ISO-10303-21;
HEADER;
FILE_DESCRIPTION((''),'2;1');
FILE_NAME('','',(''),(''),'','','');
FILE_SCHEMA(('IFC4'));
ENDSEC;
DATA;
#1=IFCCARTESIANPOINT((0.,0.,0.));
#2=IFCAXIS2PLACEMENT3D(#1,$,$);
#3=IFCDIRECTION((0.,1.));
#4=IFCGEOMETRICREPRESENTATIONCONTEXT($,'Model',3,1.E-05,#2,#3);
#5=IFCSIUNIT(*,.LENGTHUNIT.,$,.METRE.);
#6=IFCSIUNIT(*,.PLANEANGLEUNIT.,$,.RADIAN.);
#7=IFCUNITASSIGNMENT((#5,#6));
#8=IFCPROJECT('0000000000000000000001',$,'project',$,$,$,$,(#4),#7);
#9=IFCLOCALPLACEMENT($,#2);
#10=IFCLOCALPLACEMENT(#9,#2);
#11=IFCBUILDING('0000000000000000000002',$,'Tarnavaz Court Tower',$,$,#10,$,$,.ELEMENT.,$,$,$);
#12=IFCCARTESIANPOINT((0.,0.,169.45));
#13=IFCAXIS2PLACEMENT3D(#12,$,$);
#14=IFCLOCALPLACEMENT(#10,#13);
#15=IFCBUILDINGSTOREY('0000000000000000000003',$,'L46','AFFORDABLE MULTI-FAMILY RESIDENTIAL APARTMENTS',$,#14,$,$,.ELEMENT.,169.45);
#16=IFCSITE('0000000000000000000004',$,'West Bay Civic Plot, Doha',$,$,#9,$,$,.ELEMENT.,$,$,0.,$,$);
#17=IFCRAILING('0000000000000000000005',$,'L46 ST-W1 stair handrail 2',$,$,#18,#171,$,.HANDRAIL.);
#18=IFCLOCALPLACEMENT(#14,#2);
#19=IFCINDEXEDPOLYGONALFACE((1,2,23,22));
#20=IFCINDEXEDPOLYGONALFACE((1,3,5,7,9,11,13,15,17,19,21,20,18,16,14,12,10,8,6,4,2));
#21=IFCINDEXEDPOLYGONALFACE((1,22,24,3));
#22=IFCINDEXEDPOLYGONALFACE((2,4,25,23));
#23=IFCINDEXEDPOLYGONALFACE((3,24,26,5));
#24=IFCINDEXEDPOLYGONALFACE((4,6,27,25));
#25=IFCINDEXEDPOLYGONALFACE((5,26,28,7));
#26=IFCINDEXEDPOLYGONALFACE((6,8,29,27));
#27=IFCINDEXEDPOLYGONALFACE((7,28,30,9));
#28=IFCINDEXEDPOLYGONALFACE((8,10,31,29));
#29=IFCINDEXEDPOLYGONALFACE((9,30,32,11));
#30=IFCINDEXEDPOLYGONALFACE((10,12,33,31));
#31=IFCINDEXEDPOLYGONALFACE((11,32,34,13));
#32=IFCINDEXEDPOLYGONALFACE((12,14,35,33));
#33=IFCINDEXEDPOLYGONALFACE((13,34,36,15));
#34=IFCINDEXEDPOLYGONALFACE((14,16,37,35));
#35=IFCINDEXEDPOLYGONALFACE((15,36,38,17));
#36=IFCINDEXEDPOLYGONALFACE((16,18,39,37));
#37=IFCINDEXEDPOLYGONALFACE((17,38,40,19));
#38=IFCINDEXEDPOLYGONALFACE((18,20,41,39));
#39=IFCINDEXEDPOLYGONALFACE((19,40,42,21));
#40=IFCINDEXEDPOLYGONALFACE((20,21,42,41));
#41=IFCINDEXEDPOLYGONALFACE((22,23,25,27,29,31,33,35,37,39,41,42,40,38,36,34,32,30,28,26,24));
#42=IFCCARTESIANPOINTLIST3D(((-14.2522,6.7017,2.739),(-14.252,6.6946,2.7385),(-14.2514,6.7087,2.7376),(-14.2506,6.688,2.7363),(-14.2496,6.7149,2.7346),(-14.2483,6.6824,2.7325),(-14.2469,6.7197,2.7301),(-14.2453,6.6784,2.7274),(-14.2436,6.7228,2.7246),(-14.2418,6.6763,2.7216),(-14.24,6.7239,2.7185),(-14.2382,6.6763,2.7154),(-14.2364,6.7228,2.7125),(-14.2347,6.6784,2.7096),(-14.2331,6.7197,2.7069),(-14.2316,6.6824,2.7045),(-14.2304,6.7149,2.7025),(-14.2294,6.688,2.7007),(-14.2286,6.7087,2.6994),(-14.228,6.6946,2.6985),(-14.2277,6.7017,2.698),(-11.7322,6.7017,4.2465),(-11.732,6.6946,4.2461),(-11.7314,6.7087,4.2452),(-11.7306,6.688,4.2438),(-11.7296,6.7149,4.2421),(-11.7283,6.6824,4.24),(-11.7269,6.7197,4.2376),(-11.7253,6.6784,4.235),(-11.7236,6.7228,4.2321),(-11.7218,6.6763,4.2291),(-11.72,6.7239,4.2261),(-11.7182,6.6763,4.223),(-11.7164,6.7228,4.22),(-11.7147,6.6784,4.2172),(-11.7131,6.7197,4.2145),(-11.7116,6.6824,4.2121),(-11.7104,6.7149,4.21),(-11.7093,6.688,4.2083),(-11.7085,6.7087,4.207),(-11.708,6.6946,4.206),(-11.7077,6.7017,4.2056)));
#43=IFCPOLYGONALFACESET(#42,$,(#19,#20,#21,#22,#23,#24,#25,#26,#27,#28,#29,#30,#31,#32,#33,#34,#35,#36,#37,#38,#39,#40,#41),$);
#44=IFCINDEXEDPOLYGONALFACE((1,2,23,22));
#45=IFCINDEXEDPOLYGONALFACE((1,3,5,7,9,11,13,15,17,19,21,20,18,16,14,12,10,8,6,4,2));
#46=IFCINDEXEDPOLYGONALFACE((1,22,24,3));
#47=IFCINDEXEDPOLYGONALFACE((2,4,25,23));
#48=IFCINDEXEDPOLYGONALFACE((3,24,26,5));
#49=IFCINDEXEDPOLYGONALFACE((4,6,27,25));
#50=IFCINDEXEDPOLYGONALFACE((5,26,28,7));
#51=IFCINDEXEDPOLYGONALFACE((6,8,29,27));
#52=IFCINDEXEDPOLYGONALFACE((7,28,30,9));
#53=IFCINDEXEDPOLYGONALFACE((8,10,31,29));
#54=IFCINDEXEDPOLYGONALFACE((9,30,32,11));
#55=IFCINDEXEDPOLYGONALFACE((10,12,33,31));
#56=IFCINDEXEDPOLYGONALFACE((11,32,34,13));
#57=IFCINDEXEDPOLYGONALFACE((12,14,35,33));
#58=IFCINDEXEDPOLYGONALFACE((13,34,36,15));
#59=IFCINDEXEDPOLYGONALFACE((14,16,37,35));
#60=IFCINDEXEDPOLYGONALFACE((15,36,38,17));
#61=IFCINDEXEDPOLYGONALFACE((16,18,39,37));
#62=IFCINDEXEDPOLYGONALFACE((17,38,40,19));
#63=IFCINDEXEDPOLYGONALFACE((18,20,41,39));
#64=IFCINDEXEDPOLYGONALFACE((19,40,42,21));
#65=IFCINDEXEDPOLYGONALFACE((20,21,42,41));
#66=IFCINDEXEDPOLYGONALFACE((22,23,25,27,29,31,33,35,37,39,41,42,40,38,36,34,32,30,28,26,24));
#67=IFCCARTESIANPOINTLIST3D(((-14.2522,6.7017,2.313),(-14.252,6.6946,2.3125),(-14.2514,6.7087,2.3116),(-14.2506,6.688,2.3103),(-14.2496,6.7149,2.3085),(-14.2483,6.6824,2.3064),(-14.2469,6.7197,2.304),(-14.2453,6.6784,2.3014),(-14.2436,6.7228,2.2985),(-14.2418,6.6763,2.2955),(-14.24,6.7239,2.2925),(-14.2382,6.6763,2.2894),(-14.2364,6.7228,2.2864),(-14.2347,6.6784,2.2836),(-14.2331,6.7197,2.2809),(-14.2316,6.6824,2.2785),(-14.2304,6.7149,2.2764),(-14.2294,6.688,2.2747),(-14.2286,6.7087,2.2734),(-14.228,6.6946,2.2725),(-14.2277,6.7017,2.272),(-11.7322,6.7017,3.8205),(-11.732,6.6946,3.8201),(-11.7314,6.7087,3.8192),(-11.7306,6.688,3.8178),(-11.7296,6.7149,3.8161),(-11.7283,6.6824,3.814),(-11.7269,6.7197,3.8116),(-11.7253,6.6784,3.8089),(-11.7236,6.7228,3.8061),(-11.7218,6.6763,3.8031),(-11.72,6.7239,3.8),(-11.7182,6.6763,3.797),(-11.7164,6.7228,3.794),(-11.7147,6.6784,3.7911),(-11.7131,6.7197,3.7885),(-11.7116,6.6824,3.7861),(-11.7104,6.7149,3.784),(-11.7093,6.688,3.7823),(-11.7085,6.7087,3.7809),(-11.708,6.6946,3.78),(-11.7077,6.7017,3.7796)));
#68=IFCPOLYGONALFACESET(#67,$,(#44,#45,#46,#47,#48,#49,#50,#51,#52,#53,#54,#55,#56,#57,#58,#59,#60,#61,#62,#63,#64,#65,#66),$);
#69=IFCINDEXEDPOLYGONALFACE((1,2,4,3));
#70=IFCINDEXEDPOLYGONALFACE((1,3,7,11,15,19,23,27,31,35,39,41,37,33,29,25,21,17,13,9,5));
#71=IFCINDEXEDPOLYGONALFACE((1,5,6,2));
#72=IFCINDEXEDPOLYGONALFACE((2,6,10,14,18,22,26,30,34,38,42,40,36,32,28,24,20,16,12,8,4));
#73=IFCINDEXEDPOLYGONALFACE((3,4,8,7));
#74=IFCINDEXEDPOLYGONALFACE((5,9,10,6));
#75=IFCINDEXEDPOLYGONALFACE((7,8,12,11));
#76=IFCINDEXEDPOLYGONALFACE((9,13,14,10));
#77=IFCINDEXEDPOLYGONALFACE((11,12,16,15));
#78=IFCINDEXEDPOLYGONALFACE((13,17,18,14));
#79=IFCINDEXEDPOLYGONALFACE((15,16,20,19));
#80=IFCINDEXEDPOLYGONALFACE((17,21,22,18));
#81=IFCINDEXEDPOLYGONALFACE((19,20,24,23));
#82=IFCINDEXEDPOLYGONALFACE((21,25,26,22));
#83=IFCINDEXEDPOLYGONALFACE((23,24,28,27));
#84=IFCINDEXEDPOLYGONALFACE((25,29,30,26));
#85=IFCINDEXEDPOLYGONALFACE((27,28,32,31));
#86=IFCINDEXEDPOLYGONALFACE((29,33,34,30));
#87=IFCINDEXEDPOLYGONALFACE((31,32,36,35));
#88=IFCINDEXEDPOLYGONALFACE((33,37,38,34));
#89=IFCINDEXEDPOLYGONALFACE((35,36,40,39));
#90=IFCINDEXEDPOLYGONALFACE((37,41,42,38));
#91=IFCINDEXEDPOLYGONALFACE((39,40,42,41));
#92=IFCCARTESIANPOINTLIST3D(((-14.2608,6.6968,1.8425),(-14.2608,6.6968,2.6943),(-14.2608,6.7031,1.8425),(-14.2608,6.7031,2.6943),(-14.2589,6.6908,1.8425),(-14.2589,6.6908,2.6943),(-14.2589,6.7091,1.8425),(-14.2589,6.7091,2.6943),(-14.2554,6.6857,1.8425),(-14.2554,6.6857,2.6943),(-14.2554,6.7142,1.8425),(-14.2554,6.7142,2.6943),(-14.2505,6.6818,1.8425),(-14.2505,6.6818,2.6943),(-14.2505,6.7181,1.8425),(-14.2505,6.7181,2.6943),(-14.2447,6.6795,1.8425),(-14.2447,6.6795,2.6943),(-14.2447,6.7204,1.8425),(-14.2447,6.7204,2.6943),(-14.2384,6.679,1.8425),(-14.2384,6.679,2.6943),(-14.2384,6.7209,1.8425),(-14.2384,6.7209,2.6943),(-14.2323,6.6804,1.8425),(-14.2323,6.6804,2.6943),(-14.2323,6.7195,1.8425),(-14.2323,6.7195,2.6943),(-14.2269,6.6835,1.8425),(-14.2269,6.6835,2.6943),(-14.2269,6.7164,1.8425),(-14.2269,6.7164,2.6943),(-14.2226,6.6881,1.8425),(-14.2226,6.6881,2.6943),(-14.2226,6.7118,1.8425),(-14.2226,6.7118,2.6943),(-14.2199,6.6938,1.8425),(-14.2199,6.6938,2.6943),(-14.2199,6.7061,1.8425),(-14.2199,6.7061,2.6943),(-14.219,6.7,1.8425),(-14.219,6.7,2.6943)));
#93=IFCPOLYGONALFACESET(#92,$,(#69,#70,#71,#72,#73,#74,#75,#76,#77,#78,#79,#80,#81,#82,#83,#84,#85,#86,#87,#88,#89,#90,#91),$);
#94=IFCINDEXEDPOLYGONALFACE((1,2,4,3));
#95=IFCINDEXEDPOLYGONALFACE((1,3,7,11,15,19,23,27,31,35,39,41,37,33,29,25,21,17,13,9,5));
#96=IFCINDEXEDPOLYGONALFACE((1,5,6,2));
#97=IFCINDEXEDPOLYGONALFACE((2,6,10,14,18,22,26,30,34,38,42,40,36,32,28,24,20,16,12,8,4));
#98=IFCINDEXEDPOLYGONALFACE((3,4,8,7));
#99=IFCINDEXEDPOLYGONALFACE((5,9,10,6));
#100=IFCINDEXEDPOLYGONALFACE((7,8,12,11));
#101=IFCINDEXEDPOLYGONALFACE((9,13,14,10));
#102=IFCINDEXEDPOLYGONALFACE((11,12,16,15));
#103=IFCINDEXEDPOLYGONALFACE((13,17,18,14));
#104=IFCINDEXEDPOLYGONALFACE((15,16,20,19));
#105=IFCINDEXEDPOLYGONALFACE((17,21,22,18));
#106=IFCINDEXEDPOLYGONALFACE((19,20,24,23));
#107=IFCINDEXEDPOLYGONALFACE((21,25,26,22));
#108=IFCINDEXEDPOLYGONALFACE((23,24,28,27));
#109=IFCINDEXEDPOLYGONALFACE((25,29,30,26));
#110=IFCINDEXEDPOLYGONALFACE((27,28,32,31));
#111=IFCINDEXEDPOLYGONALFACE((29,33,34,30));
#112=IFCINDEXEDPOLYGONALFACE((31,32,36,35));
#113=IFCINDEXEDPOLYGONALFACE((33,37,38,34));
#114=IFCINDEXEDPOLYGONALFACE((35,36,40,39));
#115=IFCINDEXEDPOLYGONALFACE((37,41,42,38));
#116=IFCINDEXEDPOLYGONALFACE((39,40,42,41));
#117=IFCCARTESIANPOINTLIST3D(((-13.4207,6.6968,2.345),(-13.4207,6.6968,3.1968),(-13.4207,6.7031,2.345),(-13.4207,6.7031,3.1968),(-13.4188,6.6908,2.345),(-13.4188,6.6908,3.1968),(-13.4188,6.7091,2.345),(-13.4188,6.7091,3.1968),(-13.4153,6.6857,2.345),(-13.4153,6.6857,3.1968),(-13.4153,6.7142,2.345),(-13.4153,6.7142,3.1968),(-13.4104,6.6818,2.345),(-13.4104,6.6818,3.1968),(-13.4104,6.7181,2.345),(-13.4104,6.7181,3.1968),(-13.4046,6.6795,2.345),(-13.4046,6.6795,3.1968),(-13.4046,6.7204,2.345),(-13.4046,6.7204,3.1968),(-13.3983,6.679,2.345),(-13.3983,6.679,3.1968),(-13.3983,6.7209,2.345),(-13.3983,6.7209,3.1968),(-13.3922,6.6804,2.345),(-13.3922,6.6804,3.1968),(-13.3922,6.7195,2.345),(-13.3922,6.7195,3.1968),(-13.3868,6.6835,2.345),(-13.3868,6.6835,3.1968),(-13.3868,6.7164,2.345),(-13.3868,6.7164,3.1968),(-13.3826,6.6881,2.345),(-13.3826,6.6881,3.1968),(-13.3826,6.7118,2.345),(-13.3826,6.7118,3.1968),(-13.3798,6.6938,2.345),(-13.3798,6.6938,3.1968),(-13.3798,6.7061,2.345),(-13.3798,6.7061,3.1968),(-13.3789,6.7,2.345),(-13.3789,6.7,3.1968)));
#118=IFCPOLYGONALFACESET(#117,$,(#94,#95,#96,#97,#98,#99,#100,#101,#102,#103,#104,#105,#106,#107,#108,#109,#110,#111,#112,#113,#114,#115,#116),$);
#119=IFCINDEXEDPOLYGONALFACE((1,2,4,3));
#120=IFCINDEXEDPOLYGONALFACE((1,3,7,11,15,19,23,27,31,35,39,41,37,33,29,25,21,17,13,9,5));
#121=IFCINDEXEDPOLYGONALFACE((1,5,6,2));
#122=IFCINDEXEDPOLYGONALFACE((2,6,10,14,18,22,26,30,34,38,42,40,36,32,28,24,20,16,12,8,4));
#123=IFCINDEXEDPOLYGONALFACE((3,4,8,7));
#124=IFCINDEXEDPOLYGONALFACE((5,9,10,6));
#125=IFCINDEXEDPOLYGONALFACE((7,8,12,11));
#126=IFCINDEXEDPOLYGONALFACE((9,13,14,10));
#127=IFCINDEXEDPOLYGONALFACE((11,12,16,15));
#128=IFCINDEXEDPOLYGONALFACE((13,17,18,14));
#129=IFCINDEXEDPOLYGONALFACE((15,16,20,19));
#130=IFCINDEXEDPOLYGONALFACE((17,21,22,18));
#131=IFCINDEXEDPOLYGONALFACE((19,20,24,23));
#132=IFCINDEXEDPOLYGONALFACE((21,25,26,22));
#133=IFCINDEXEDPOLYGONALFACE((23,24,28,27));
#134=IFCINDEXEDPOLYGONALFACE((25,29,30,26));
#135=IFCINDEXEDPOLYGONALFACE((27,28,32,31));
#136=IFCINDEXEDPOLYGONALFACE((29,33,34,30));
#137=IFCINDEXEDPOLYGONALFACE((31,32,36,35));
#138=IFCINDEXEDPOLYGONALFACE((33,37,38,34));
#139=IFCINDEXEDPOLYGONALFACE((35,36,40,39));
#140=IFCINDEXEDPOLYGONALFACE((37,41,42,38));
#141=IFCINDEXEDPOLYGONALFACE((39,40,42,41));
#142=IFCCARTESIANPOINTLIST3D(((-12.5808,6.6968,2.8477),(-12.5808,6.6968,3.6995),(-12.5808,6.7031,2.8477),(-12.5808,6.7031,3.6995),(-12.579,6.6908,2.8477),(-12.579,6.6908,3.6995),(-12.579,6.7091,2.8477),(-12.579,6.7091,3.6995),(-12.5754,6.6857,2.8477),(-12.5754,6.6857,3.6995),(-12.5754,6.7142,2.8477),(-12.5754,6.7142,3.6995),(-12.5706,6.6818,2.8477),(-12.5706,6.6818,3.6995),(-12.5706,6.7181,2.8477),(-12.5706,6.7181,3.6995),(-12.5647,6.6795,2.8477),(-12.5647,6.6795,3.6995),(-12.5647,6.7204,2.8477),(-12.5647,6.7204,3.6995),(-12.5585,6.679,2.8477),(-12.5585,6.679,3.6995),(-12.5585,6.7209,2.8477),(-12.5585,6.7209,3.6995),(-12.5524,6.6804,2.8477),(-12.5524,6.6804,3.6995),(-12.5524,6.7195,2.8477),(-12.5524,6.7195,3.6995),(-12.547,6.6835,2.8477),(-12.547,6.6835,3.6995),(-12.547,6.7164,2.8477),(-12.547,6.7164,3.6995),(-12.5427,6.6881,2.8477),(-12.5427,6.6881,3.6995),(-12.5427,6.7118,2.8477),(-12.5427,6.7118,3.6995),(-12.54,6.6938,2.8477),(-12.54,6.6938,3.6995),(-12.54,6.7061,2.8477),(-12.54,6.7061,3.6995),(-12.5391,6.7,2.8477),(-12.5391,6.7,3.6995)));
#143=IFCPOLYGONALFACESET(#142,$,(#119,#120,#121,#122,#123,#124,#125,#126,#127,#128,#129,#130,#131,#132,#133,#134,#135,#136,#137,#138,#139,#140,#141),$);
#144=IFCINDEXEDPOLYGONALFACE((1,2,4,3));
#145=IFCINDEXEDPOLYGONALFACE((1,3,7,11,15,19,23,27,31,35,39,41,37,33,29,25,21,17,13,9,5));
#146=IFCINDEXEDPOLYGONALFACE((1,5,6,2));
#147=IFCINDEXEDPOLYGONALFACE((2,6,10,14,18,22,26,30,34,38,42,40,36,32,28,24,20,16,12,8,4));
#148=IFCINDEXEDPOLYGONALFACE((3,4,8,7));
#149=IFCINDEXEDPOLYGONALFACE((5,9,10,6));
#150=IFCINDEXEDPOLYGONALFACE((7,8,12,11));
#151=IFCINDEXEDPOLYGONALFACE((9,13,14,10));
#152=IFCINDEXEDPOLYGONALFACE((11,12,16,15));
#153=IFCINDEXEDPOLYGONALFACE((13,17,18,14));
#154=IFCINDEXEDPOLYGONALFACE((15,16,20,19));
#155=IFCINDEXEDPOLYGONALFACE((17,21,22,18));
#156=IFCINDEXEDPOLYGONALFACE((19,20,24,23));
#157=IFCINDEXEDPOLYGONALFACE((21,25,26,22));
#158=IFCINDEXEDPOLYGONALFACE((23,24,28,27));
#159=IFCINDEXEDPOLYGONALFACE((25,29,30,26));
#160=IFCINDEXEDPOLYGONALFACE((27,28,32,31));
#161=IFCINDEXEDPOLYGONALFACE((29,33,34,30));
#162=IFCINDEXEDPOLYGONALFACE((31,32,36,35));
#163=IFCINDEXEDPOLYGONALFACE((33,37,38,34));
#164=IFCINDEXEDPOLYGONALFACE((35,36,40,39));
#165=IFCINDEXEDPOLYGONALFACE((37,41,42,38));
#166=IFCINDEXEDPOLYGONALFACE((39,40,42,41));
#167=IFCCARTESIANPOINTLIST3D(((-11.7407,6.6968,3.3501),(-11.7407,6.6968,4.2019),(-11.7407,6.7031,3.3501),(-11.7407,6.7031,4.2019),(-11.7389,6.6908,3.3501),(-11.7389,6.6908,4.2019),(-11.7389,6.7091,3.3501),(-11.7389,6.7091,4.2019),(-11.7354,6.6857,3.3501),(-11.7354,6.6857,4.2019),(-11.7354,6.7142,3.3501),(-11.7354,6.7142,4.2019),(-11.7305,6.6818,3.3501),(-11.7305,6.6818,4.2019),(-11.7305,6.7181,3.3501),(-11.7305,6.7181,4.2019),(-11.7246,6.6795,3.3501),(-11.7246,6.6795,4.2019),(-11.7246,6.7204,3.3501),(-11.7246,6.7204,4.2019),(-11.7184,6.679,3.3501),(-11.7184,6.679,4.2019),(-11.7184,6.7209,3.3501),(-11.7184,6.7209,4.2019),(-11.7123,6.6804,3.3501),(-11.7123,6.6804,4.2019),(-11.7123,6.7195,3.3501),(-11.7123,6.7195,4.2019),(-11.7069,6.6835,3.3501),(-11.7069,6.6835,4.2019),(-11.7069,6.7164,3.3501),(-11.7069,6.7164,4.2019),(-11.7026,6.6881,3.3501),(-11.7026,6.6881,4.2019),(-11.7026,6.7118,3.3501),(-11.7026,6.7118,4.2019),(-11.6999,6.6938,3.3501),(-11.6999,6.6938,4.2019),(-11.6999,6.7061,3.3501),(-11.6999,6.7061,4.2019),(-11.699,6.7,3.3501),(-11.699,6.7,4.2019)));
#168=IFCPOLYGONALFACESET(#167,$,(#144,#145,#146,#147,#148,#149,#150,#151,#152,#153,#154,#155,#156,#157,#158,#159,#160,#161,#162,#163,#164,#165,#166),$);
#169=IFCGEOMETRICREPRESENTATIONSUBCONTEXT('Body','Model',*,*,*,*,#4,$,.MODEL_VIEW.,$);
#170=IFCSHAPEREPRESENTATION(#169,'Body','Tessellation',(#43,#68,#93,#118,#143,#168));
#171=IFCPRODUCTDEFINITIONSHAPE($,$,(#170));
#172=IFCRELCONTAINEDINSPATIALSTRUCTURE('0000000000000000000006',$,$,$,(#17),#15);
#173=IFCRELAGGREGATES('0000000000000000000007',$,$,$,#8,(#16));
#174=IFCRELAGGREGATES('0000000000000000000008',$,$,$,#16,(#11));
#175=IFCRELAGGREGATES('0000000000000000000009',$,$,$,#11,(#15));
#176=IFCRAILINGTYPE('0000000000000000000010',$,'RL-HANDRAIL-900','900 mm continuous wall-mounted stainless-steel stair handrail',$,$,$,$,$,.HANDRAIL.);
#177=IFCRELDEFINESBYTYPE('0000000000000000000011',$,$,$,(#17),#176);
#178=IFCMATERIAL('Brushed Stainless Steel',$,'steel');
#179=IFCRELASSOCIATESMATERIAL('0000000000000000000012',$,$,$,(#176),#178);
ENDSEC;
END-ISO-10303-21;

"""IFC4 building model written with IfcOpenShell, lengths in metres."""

from ifc_helpers import new_model, si_unit, direction, frame, origin, origin_2d, place, context, subcontext, project, spatial, circle, extrude, material, type_object, element, save


model = new_model("IFC4")

# Units and contexts
model_context = context("Model", 3, precision=1e-05, world=origin(), true_north=direction((0.0, 1.0)))
body_context = subcontext(model_context, "Body", "Model", "MODEL_VIEW")
ifc_project = project(units=[si_unit("LENGTHUNIT", "METRE"), si_unit("PLANEANGLEUNIT", "RADIAN")], contexts=[model_context])

# Site, building, storey
site_placement = place(None, origin())
site = spatial("IfcSite", under=ifc_project, at=site_placement, Name="West Bay Civic Plot, Doha", CompositionType="ELEMENT", RefElevation=0.0)
building_placement = place(site_placement, origin())
building = spatial("IfcBuilding", under=site, at=building_placement, Name="Tarnavaz Court Tower", CompositionType="ELEMENT")
storey_placement = place(building_placement, frame((0.0, 0.0, 169.45)))
storey = spatial("IfcBuildingStorey", under=building, at=storey_placement, Name="L46", Description="AFFORDABLE MULTI-FAMILY RESIDENTIAL APARTMENTS", CompositionType="ELEMENT", Elevation=169.45)

# Railing
ifc_material_1 = material(Name="Brushed Stainless Steel", Category="steel")
railing_type_1 = type_object("IfcRailingType", Name="RL-HANDRAIL-900", Description="900 mm continuous wall-mounted stainless-steel stair handrail", PredefinedType="HANDRAIL", material=ifc_material_1)
railing_1_placement = place(storey_placement, frame((-14.24, 6.7, 1.8425)))
element("IfcRailing", 1, at=railing_1_placement, inside=storey, type_object=railing_type_1, Name="L46 ST-W1 stair handrail 2", PredefinedType="HANDRAIL", context=body_context, shape_type="SweptSolid", body=[
    extrude(circle(Radius=0.0239, at=origin_2d()), frame((0.0, 0.0, 0.876), z_axis=(0.85816, 0.0, 0.513383), x_axis=(0.0, 1.0, 0.0)), (0.0, 0.0, 1.0), 2.9365),
    extrude(circle(Radius=0.0239, at=origin_2d()), frame((0.0, 0.0, 0.45), z_axis=(0.85816, 0.0, 0.513383), x_axis=(0.0, 1.0, 0.0)), (0.0, 0.0, 1.0), 2.9365),
    extrude(circle(Radius=0.021, at=origin_2d()), origin(), (0.0, 0.0, 1.0), 0.8518),
    extrude(circle(Radius=0.021, at=origin_2d()), frame((0.8401, 0.0, 0.5024)), (0.0, 0.0, 1.0), 0.8518),
    extrude(circle(Radius=0.021, at=origin_2d()), frame((1.6799, 0.0, 1.0051)), (0.0, 0.0, 1.0), 0.8518),
    extrude(circle(Radius=0.021, at=origin_2d()), frame((2.52, 0.0, 1.5076)), (0.0, 0.0, 1.0), 0.8518),
])

save(model, "model.ifc")
